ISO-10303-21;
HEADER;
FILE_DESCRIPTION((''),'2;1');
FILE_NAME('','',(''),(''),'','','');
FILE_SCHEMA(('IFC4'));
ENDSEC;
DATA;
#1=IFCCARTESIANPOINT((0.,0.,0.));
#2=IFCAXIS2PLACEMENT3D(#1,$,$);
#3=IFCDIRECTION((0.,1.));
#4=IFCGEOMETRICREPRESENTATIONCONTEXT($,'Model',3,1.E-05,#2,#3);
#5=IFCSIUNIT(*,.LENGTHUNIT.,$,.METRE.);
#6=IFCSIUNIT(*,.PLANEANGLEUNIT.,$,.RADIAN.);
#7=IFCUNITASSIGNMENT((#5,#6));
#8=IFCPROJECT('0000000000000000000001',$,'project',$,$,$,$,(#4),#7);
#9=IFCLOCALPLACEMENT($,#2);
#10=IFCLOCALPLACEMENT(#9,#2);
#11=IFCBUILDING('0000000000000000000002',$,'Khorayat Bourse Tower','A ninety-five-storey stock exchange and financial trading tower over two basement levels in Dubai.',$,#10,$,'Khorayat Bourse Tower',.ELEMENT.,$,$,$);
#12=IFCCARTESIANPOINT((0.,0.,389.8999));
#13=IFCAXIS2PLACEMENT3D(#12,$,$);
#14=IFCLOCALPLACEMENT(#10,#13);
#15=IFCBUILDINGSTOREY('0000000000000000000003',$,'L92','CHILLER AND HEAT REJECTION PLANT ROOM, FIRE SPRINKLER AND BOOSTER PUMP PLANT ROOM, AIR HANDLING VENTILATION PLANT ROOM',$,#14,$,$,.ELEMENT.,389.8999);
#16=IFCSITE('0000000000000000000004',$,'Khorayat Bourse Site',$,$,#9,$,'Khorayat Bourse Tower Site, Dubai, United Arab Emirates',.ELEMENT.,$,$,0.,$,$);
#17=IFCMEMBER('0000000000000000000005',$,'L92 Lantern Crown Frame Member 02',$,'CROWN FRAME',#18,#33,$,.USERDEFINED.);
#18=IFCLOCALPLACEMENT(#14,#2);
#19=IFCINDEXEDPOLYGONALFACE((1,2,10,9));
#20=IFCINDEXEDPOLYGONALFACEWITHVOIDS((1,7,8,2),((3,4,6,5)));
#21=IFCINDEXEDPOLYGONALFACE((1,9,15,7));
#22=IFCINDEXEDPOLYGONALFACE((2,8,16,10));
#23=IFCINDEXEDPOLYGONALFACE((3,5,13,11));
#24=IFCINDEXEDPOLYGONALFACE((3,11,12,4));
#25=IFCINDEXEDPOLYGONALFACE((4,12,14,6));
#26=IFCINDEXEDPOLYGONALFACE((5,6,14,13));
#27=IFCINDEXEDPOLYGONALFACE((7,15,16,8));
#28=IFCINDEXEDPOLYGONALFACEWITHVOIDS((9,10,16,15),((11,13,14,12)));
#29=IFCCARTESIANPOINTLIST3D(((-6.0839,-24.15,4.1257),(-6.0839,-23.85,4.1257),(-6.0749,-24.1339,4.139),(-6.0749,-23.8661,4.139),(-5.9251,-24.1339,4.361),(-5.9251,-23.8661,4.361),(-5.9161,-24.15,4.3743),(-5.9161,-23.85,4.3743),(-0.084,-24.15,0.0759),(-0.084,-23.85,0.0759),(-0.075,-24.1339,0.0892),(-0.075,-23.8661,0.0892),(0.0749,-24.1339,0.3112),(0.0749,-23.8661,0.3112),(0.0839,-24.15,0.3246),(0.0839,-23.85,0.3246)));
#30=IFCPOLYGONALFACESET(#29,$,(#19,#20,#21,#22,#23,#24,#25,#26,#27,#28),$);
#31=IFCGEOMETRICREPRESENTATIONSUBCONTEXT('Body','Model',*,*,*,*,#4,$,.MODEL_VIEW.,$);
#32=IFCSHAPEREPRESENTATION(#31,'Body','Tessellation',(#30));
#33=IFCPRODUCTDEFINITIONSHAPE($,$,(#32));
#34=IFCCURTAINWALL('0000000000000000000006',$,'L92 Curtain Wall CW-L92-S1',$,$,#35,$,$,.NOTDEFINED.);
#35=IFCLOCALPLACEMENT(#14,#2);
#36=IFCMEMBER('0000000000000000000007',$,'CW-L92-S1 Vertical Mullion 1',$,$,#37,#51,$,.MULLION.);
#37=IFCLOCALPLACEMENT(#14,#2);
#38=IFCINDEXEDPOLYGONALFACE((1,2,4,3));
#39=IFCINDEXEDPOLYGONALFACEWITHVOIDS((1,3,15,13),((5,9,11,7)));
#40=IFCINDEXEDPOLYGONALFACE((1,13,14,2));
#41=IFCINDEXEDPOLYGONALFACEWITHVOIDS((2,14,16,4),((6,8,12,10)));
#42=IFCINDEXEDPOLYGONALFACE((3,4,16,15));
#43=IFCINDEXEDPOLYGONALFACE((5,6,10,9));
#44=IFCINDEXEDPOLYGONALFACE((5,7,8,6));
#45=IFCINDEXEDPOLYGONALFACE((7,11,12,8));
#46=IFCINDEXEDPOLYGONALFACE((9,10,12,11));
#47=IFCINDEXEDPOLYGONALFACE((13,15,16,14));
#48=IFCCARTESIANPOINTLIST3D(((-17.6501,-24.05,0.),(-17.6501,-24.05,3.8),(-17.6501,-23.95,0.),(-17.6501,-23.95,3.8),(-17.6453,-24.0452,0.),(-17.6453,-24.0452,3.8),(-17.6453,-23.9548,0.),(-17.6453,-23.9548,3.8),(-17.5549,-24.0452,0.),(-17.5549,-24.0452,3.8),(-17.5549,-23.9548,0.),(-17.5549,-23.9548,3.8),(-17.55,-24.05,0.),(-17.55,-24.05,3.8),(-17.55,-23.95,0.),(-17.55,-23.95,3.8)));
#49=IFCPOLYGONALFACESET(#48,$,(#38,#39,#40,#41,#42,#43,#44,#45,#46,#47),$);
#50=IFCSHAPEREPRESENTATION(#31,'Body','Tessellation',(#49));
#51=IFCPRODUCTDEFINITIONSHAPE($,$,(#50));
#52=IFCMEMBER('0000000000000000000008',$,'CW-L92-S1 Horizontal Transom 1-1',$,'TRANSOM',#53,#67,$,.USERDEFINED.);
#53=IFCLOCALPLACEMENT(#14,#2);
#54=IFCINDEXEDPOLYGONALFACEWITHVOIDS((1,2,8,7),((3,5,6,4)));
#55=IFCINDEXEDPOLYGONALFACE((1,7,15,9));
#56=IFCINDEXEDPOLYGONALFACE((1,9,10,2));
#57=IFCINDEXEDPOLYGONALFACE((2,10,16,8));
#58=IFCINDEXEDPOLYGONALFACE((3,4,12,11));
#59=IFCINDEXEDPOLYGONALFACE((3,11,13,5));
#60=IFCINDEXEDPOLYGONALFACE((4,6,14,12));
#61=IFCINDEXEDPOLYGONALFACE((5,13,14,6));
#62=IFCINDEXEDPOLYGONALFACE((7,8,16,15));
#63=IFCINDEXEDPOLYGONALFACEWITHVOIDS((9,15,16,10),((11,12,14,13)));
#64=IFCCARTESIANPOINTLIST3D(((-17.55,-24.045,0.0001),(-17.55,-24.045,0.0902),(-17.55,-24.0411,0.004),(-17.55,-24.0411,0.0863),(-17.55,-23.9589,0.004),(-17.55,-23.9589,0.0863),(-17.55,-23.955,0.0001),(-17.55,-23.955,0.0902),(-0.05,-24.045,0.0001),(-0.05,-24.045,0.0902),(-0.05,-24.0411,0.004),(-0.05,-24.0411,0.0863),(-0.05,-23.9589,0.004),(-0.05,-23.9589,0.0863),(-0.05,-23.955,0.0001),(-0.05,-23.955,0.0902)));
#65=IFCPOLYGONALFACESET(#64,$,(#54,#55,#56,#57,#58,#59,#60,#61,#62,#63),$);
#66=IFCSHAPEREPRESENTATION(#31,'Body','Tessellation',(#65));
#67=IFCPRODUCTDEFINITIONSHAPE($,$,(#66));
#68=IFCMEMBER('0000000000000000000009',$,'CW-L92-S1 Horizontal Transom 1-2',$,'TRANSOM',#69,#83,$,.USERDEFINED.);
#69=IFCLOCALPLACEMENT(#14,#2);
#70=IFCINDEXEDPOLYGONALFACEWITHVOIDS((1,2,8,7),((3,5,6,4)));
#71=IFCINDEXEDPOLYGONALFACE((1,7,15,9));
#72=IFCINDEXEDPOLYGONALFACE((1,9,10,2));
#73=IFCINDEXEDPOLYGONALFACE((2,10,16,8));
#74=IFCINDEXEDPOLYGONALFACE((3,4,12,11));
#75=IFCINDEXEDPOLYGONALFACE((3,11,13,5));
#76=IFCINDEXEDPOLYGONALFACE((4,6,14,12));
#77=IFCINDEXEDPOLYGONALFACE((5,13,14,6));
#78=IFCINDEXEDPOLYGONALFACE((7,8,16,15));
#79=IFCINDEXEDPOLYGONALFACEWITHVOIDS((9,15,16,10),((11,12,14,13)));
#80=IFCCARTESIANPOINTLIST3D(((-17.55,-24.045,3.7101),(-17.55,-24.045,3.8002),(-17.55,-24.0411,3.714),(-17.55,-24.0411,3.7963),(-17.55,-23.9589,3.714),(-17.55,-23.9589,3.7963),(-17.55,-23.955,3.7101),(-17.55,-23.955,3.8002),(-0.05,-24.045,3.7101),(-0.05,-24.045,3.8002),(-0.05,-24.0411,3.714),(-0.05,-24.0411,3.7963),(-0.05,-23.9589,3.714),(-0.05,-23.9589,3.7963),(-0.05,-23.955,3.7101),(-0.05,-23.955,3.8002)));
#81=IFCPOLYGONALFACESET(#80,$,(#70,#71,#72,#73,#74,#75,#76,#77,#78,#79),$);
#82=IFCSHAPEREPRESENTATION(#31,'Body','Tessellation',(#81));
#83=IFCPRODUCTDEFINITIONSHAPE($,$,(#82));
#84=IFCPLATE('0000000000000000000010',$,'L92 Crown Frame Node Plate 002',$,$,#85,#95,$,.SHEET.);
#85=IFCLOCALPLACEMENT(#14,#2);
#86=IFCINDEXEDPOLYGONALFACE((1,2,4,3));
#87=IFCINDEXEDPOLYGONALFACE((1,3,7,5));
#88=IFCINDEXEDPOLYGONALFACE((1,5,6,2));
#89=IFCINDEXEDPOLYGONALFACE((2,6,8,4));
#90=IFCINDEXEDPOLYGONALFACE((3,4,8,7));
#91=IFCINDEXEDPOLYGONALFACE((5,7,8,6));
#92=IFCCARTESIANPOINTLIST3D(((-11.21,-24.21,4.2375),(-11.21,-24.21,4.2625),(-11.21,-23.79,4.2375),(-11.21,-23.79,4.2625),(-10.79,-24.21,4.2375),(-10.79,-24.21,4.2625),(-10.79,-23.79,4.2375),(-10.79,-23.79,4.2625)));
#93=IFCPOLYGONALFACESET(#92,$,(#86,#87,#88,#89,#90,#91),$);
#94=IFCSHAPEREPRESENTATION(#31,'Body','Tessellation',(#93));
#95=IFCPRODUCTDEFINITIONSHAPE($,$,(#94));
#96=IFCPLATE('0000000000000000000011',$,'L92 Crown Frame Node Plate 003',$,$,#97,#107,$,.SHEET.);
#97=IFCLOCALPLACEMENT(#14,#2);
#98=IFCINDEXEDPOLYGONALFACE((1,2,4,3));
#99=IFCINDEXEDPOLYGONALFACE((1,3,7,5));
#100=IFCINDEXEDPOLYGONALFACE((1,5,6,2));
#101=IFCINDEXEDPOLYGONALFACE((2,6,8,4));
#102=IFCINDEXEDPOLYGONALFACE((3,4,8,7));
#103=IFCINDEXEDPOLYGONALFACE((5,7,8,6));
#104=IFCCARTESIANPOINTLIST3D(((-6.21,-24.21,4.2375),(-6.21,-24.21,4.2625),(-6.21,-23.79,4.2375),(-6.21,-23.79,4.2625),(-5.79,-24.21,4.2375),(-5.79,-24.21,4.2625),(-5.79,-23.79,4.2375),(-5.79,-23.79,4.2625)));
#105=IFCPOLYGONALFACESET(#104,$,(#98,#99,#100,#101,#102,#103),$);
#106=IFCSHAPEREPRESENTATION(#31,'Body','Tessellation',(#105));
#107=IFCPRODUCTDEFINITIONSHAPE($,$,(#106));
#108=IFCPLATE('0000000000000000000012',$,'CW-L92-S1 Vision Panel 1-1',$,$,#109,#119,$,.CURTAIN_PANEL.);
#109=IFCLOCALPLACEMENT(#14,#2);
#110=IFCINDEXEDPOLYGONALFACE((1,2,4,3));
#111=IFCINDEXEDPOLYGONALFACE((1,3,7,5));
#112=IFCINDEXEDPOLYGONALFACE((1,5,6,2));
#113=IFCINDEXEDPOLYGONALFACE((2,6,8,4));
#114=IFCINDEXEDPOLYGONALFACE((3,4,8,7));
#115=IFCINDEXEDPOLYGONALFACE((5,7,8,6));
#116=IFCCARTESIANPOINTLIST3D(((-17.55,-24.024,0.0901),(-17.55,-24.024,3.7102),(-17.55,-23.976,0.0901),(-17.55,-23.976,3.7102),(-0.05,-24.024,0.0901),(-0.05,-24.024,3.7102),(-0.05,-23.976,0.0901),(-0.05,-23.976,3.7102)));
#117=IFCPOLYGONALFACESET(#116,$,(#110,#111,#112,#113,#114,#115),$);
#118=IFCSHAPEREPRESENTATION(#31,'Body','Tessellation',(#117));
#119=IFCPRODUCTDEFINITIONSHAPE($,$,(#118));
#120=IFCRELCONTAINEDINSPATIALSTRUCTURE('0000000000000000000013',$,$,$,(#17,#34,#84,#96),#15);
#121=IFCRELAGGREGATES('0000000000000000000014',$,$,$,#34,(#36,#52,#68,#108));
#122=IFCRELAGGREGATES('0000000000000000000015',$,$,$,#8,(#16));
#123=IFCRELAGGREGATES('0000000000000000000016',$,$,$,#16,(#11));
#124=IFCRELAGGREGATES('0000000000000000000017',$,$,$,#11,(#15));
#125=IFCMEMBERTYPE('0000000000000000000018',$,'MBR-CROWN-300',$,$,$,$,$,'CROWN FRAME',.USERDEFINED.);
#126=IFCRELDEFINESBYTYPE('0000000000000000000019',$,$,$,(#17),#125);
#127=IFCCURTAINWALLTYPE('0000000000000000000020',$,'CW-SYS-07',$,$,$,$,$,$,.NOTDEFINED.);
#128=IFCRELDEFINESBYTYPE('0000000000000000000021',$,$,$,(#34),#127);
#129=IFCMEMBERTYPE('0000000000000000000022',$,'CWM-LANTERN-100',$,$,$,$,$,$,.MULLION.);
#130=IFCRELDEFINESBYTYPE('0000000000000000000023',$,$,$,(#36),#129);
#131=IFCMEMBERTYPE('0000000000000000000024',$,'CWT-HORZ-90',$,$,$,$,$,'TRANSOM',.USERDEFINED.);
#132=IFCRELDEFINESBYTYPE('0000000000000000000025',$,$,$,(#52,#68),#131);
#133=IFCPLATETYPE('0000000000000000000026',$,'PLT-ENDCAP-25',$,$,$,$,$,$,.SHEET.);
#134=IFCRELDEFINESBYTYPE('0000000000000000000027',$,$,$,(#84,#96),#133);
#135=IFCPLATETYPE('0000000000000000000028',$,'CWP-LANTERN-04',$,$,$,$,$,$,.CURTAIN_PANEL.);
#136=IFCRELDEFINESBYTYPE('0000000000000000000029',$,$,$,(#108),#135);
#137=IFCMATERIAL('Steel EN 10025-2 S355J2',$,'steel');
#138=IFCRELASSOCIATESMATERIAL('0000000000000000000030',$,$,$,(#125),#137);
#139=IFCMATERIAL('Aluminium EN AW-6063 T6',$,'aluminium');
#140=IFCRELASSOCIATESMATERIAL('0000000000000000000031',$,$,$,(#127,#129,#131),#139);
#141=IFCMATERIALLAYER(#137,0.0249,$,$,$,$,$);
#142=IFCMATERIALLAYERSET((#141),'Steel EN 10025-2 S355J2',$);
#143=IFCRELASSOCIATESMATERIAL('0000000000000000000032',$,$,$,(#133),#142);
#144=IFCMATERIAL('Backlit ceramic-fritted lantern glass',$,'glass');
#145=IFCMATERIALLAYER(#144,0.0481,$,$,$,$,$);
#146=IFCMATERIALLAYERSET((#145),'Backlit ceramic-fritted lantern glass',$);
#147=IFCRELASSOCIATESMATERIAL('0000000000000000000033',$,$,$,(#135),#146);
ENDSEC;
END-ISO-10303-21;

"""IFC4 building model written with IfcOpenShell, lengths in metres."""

from ifc_helpers import new_model, si_unit, direction, frame, origin, origin_2d, place, context, subcontext, project, spatial, rectangle, hollow_rectangle, extrude, source, transform, mapped, material, layer, layer_set, material_profile, profile_set, type_object, element, aggregate, save


model = new_model("IFC4")

# Units and contexts
model_context = context("Model", 3, precision=1e-05, world=origin(), true_north=direction((0.0, 1.0)))
body_context = subcontext(model_context, "Body", "Model", "MODEL_VIEW")
ifc_project = project(units=[si_unit("LENGTHUNIT", "METRE"), si_unit("PLANEANGLEUNIT", "RADIAN")], contexts=[model_context])

# Site, building, storey
site_placement = place(None, origin())
site = spatial("IfcSite", under=ifc_project, at=site_placement, Name="Khorayat Bourse Site", LongName="Khorayat Bourse Tower Site, Dubai, United Arab Emirates", CompositionType="ELEMENT", RefElevation=0.0)
building_placement = place(site_placement, origin())
building = spatial("IfcBuilding", under=site, at=building_placement, Name="Khorayat Bourse Tower", Description="A ninety-five-storey stock exchange and financial trading tower over two basement levels in Dubai.", LongName="Khorayat Bourse Tower", CompositionType="ELEMENT")
storey_placement = place(building_placement, frame((0.0, 0.0, 389.8999)))
storey = spatial("IfcBuildingStorey", under=building, at=storey_placement, Name="L92", Description="CHILLER AND HEAT REJECTION PLANT ROOM, FIRE SPRINKLER AND BOOSTER PUMP PLANT ROOM, AIR HANDLING VENTILATION PLANT ROOM", CompositionType="ELEMENT", Elevation=389.8999)

# Shared definitions
ifc_material_1 = material(Name="Steel EN 10025-2 S355J2", Category="steel")

# Member
ifc_material_profile_1 = material_profile(ifc_material_1, hollow_rectangle(XDim=0.3, YDim=0.3, WallThickness=0.0161, at=origin_2d()), Name="HSS 300x300x16")
ifc_profile_set_1 = profile_set([ifc_material_profile_1], Name="Steel EN 10025-2 S355J2")
member_type_1 = type_object("IfcMemberType", Name="MBR-CROWN-300", ElementType="CROWN FRAME", PredefinedType="USERDEFINED", material=ifc_profile_set_1)
shared_shape_1 = source(origin(), body_context, "Body", "SweptSolid", [
    extrude(hollow_rectangle(XDim=0.3, YDim=0.3, WallThickness=0.0161, at=origin_2d()), origin(), (0.0, 0.0, 1.0), 7.2388),
])
member_1_placement = place(storey_placement, frame((-6.0, -24.0, 4.25), z_axis=(0.828861, 0.0, -0.559454), x_axis=(0.0, 1.0, 0.0)))
element("IfcMember", 1, at=member_1_placement, inside=storey, type_object=member_type_1, Name="L92 Lantern Crown Frame Member 02", ObjectType="CROWN FRAME", PredefinedType="USERDEFINED", context=body_context, shape_type="MappedRepresentation", body=[
    mapped(shared_shape_1, transform((0.0, 0.0, 0.0), scale=1.0)),
])

# Curtain wall, members
ifc_material_2 = material(Name="Aluminium EN AW-6063 T6", Category="aluminium")
curtain_wall_type = type_object("IfcCurtainWallType", Name="CW-SYS-07", PredefinedType="NOTDEFINED", material=ifc_material_2)
curtain_wall_placement = place(storey_placement, origin())
curtain_wall = element("IfcCurtainWall", 2, at=curtain_wall_placement, inside=storey, type_object=curtain_wall_type, Name="L92 Curtain Wall CW-L92-S1", PredefinedType="NOTDEFINED")
ifc_material_profile_2 = material_profile(ifc_material_2, hollow_rectangle(XDim=0.1001, YDim=0.1001, WallThickness=0.0049, at=origin_2d()), Name="ALU 100x100x5")
ifc_profile_set_2 = profile_set([ifc_material_profile_2], Name="Aluminium EN AW-6063 T6")
member_type_2 = type_object("IfcMemberType", Name="CWM-LANTERN-100", PredefinedType="MULLION", material=ifc_profile_set_2)
shared_shape_2 = source(origin(), body_context, "Body", "SweptSolid", [
    extrude(hollow_rectangle(XDim=0.1001, YDim=0.1001, WallThickness=0.0049, at=origin_2d()), origin(), (0.0, 0.0, 1.0), 3.8),
])
member_2_placement = place(storey_placement, frame((-17.6001, -24.0, 0.0), z_axis=(0.0, 0.0, 1.0), x_axis=(0.0, 1.0, 0.0)))
member_2 = element("IfcMember", 3, at=member_2_placement, type_object=member_type_2, Name="CW-L92-S1 Vertical Mullion 1", PredefinedType="MULLION", context=body_context, shape_type="MappedRepresentation", body=[
    mapped(shared_shape_2, transform((0.0, 0.0, 0.0), scale=1.0)),
])
ifc_material_profile_3 = material_profile(ifc_material_2, hollow_rectangle(XDim=0.0901, YDim=0.0901, WallThickness=0.0039, at=origin_2d()), Name="ALU 90x90x4")
ifc_profile_set_3 = profile_set([ifc_material_profile_3], Name="Aluminium EN AW-6063 T6")
member_type_3 = type_object("IfcMemberType", Name="CWT-HORZ-90", ElementType="TRANSOM", PredefinedType="USERDEFINED", material=ifc_profile_set_3)
shared_shape_3 = source(origin(), body_context, "Body", "SweptSolid", [
    extrude(hollow_rectangle(XDim=0.0901, YDim=0.0901, WallThickness=0.0039, at=origin_2d()), origin(), (0.0, 0.0, 1.0), 17.5),
])
member_3_placement = place(storey_placement, frame((-17.55, -24.0, 0.0452), z_axis=(1.0, 0.0, 0.0), x_axis=(0.0, 1.0, 0.0)))
member_3 = element("IfcMember", 4, at=member_3_placement, type_object=member_type_3, Name="CW-L92-S1 Horizontal Transom 1-1", ObjectType="TRANSOM", PredefinedType="USERDEFINED", context=body_context, shape_type="MappedRepresentation", body=[
    mapped(shared_shape_3, transform((0.0, 0.0, 0.0), scale=1.0)),
])
member_4_placement = place(storey_placement, frame((-17.55, -24.0, 3.7551), z_axis=(1.0, 0.0, 0.0), x_axis=(0.0, 1.0, 0.0)))
member_4 = element("IfcMember", 5, at=member_4_placement, type_object=member_type_3, Name="CW-L92-S1 Horizontal Transom 1-2", ObjectType="TRANSOM", PredefinedType="USERDEFINED", context=body_context, shape_type="MappedRepresentation", body=[
    mapped(shared_shape_3, transform((0.0, 0.0, 0.0), scale=1.0)),
])

# Plates
ifc_layer_1 = layer(ifc_material_1, 0.0249)
ifc_layer_set_1 = layer_set([ifc_layer_1], Name="Steel EN 10025-2 S355J2")
plate_type_1 = type_object("IfcPlateType", Name="PLT-ENDCAP-25", PredefinedType="SHEET", material=ifc_layer_set_1)
shared_shape_4 = source(origin(), body_context, "Body", "SweptSolid", [
    extrude(rectangle(XDim=0.4199, YDim=0.4199, at=origin_2d()), origin(), (0.0, 0.0, 1.0), 0.0249),
])
for number, where, z_axis, x_axis, name in (
    (6, (-11.0, -24.0, 4.2375), (0.0, 0.0, 1.0), (1.0, 0.0, 0.0), "L92 Crown Frame Node Plate 002"),
    (7, (-6.0, -24.0, 4.2375), (0.0, 0.0, 1.0), (1.0, 0.0, 0.0), "L92 Crown Frame Node Plate 003"),
):
    element("IfcPlate", number, at=place(storey_placement, frame(where, z_axis=z_axis, x_axis=x_axis)), inside=storey, type_object=plate_type_1, Name=name, PredefinedType="SHEET", context=body_context, shape_type="MappedRepresentation", body=[
        mapped(shared_shape_4, transform((0.0, 0.0, 0.0), scale=1.0)),
    ])

# Plate
ifc_material_3 = material(Name="Backlit ceramic-fritted lantern glass", Category="glass")
ifc_layer_2 = layer(ifc_material_3, 0.0481)
ifc_layer_set_2 = layer_set([ifc_layer_2], Name="Backlit ceramic-fritted lantern glass")
plate_type_2 = type_object("IfcPlateType", Name="CWP-LANTERN-04", PredefinedType="CURTAIN_PANEL", material=ifc_layer_set_2)
shared_shape_5 = source(origin(), body_context, "Body", "SweptSolid", [
    extrude(rectangle(XDim=17.5, YDim=0.0481, at=origin_2d()), origin(), (0.0, 0.0, 1.0), 3.6201),
])
plate_placement = place(storey_placement, frame((-8.8, -24.0, 0.0901), z_axis=(0.0, 0.0, 1.0), x_axis=(1.0, 0.0, 0.0)))
plate = element("IfcPlate", 8, at=plate_placement, type_object=plate_type_2, Name="CW-L92-S1 Vision Panel 1-1", PredefinedType="CURTAIN_PANEL", context=body_context, shape_type="MappedRepresentation", body=[
    mapped(shared_shape_5, transform((0.0, 0.0, 0.0), scale=1.0)),
])
aggregate(curtain_wall, [member_2, member_3, member_4, plate])

save(model, "model.ifc")
